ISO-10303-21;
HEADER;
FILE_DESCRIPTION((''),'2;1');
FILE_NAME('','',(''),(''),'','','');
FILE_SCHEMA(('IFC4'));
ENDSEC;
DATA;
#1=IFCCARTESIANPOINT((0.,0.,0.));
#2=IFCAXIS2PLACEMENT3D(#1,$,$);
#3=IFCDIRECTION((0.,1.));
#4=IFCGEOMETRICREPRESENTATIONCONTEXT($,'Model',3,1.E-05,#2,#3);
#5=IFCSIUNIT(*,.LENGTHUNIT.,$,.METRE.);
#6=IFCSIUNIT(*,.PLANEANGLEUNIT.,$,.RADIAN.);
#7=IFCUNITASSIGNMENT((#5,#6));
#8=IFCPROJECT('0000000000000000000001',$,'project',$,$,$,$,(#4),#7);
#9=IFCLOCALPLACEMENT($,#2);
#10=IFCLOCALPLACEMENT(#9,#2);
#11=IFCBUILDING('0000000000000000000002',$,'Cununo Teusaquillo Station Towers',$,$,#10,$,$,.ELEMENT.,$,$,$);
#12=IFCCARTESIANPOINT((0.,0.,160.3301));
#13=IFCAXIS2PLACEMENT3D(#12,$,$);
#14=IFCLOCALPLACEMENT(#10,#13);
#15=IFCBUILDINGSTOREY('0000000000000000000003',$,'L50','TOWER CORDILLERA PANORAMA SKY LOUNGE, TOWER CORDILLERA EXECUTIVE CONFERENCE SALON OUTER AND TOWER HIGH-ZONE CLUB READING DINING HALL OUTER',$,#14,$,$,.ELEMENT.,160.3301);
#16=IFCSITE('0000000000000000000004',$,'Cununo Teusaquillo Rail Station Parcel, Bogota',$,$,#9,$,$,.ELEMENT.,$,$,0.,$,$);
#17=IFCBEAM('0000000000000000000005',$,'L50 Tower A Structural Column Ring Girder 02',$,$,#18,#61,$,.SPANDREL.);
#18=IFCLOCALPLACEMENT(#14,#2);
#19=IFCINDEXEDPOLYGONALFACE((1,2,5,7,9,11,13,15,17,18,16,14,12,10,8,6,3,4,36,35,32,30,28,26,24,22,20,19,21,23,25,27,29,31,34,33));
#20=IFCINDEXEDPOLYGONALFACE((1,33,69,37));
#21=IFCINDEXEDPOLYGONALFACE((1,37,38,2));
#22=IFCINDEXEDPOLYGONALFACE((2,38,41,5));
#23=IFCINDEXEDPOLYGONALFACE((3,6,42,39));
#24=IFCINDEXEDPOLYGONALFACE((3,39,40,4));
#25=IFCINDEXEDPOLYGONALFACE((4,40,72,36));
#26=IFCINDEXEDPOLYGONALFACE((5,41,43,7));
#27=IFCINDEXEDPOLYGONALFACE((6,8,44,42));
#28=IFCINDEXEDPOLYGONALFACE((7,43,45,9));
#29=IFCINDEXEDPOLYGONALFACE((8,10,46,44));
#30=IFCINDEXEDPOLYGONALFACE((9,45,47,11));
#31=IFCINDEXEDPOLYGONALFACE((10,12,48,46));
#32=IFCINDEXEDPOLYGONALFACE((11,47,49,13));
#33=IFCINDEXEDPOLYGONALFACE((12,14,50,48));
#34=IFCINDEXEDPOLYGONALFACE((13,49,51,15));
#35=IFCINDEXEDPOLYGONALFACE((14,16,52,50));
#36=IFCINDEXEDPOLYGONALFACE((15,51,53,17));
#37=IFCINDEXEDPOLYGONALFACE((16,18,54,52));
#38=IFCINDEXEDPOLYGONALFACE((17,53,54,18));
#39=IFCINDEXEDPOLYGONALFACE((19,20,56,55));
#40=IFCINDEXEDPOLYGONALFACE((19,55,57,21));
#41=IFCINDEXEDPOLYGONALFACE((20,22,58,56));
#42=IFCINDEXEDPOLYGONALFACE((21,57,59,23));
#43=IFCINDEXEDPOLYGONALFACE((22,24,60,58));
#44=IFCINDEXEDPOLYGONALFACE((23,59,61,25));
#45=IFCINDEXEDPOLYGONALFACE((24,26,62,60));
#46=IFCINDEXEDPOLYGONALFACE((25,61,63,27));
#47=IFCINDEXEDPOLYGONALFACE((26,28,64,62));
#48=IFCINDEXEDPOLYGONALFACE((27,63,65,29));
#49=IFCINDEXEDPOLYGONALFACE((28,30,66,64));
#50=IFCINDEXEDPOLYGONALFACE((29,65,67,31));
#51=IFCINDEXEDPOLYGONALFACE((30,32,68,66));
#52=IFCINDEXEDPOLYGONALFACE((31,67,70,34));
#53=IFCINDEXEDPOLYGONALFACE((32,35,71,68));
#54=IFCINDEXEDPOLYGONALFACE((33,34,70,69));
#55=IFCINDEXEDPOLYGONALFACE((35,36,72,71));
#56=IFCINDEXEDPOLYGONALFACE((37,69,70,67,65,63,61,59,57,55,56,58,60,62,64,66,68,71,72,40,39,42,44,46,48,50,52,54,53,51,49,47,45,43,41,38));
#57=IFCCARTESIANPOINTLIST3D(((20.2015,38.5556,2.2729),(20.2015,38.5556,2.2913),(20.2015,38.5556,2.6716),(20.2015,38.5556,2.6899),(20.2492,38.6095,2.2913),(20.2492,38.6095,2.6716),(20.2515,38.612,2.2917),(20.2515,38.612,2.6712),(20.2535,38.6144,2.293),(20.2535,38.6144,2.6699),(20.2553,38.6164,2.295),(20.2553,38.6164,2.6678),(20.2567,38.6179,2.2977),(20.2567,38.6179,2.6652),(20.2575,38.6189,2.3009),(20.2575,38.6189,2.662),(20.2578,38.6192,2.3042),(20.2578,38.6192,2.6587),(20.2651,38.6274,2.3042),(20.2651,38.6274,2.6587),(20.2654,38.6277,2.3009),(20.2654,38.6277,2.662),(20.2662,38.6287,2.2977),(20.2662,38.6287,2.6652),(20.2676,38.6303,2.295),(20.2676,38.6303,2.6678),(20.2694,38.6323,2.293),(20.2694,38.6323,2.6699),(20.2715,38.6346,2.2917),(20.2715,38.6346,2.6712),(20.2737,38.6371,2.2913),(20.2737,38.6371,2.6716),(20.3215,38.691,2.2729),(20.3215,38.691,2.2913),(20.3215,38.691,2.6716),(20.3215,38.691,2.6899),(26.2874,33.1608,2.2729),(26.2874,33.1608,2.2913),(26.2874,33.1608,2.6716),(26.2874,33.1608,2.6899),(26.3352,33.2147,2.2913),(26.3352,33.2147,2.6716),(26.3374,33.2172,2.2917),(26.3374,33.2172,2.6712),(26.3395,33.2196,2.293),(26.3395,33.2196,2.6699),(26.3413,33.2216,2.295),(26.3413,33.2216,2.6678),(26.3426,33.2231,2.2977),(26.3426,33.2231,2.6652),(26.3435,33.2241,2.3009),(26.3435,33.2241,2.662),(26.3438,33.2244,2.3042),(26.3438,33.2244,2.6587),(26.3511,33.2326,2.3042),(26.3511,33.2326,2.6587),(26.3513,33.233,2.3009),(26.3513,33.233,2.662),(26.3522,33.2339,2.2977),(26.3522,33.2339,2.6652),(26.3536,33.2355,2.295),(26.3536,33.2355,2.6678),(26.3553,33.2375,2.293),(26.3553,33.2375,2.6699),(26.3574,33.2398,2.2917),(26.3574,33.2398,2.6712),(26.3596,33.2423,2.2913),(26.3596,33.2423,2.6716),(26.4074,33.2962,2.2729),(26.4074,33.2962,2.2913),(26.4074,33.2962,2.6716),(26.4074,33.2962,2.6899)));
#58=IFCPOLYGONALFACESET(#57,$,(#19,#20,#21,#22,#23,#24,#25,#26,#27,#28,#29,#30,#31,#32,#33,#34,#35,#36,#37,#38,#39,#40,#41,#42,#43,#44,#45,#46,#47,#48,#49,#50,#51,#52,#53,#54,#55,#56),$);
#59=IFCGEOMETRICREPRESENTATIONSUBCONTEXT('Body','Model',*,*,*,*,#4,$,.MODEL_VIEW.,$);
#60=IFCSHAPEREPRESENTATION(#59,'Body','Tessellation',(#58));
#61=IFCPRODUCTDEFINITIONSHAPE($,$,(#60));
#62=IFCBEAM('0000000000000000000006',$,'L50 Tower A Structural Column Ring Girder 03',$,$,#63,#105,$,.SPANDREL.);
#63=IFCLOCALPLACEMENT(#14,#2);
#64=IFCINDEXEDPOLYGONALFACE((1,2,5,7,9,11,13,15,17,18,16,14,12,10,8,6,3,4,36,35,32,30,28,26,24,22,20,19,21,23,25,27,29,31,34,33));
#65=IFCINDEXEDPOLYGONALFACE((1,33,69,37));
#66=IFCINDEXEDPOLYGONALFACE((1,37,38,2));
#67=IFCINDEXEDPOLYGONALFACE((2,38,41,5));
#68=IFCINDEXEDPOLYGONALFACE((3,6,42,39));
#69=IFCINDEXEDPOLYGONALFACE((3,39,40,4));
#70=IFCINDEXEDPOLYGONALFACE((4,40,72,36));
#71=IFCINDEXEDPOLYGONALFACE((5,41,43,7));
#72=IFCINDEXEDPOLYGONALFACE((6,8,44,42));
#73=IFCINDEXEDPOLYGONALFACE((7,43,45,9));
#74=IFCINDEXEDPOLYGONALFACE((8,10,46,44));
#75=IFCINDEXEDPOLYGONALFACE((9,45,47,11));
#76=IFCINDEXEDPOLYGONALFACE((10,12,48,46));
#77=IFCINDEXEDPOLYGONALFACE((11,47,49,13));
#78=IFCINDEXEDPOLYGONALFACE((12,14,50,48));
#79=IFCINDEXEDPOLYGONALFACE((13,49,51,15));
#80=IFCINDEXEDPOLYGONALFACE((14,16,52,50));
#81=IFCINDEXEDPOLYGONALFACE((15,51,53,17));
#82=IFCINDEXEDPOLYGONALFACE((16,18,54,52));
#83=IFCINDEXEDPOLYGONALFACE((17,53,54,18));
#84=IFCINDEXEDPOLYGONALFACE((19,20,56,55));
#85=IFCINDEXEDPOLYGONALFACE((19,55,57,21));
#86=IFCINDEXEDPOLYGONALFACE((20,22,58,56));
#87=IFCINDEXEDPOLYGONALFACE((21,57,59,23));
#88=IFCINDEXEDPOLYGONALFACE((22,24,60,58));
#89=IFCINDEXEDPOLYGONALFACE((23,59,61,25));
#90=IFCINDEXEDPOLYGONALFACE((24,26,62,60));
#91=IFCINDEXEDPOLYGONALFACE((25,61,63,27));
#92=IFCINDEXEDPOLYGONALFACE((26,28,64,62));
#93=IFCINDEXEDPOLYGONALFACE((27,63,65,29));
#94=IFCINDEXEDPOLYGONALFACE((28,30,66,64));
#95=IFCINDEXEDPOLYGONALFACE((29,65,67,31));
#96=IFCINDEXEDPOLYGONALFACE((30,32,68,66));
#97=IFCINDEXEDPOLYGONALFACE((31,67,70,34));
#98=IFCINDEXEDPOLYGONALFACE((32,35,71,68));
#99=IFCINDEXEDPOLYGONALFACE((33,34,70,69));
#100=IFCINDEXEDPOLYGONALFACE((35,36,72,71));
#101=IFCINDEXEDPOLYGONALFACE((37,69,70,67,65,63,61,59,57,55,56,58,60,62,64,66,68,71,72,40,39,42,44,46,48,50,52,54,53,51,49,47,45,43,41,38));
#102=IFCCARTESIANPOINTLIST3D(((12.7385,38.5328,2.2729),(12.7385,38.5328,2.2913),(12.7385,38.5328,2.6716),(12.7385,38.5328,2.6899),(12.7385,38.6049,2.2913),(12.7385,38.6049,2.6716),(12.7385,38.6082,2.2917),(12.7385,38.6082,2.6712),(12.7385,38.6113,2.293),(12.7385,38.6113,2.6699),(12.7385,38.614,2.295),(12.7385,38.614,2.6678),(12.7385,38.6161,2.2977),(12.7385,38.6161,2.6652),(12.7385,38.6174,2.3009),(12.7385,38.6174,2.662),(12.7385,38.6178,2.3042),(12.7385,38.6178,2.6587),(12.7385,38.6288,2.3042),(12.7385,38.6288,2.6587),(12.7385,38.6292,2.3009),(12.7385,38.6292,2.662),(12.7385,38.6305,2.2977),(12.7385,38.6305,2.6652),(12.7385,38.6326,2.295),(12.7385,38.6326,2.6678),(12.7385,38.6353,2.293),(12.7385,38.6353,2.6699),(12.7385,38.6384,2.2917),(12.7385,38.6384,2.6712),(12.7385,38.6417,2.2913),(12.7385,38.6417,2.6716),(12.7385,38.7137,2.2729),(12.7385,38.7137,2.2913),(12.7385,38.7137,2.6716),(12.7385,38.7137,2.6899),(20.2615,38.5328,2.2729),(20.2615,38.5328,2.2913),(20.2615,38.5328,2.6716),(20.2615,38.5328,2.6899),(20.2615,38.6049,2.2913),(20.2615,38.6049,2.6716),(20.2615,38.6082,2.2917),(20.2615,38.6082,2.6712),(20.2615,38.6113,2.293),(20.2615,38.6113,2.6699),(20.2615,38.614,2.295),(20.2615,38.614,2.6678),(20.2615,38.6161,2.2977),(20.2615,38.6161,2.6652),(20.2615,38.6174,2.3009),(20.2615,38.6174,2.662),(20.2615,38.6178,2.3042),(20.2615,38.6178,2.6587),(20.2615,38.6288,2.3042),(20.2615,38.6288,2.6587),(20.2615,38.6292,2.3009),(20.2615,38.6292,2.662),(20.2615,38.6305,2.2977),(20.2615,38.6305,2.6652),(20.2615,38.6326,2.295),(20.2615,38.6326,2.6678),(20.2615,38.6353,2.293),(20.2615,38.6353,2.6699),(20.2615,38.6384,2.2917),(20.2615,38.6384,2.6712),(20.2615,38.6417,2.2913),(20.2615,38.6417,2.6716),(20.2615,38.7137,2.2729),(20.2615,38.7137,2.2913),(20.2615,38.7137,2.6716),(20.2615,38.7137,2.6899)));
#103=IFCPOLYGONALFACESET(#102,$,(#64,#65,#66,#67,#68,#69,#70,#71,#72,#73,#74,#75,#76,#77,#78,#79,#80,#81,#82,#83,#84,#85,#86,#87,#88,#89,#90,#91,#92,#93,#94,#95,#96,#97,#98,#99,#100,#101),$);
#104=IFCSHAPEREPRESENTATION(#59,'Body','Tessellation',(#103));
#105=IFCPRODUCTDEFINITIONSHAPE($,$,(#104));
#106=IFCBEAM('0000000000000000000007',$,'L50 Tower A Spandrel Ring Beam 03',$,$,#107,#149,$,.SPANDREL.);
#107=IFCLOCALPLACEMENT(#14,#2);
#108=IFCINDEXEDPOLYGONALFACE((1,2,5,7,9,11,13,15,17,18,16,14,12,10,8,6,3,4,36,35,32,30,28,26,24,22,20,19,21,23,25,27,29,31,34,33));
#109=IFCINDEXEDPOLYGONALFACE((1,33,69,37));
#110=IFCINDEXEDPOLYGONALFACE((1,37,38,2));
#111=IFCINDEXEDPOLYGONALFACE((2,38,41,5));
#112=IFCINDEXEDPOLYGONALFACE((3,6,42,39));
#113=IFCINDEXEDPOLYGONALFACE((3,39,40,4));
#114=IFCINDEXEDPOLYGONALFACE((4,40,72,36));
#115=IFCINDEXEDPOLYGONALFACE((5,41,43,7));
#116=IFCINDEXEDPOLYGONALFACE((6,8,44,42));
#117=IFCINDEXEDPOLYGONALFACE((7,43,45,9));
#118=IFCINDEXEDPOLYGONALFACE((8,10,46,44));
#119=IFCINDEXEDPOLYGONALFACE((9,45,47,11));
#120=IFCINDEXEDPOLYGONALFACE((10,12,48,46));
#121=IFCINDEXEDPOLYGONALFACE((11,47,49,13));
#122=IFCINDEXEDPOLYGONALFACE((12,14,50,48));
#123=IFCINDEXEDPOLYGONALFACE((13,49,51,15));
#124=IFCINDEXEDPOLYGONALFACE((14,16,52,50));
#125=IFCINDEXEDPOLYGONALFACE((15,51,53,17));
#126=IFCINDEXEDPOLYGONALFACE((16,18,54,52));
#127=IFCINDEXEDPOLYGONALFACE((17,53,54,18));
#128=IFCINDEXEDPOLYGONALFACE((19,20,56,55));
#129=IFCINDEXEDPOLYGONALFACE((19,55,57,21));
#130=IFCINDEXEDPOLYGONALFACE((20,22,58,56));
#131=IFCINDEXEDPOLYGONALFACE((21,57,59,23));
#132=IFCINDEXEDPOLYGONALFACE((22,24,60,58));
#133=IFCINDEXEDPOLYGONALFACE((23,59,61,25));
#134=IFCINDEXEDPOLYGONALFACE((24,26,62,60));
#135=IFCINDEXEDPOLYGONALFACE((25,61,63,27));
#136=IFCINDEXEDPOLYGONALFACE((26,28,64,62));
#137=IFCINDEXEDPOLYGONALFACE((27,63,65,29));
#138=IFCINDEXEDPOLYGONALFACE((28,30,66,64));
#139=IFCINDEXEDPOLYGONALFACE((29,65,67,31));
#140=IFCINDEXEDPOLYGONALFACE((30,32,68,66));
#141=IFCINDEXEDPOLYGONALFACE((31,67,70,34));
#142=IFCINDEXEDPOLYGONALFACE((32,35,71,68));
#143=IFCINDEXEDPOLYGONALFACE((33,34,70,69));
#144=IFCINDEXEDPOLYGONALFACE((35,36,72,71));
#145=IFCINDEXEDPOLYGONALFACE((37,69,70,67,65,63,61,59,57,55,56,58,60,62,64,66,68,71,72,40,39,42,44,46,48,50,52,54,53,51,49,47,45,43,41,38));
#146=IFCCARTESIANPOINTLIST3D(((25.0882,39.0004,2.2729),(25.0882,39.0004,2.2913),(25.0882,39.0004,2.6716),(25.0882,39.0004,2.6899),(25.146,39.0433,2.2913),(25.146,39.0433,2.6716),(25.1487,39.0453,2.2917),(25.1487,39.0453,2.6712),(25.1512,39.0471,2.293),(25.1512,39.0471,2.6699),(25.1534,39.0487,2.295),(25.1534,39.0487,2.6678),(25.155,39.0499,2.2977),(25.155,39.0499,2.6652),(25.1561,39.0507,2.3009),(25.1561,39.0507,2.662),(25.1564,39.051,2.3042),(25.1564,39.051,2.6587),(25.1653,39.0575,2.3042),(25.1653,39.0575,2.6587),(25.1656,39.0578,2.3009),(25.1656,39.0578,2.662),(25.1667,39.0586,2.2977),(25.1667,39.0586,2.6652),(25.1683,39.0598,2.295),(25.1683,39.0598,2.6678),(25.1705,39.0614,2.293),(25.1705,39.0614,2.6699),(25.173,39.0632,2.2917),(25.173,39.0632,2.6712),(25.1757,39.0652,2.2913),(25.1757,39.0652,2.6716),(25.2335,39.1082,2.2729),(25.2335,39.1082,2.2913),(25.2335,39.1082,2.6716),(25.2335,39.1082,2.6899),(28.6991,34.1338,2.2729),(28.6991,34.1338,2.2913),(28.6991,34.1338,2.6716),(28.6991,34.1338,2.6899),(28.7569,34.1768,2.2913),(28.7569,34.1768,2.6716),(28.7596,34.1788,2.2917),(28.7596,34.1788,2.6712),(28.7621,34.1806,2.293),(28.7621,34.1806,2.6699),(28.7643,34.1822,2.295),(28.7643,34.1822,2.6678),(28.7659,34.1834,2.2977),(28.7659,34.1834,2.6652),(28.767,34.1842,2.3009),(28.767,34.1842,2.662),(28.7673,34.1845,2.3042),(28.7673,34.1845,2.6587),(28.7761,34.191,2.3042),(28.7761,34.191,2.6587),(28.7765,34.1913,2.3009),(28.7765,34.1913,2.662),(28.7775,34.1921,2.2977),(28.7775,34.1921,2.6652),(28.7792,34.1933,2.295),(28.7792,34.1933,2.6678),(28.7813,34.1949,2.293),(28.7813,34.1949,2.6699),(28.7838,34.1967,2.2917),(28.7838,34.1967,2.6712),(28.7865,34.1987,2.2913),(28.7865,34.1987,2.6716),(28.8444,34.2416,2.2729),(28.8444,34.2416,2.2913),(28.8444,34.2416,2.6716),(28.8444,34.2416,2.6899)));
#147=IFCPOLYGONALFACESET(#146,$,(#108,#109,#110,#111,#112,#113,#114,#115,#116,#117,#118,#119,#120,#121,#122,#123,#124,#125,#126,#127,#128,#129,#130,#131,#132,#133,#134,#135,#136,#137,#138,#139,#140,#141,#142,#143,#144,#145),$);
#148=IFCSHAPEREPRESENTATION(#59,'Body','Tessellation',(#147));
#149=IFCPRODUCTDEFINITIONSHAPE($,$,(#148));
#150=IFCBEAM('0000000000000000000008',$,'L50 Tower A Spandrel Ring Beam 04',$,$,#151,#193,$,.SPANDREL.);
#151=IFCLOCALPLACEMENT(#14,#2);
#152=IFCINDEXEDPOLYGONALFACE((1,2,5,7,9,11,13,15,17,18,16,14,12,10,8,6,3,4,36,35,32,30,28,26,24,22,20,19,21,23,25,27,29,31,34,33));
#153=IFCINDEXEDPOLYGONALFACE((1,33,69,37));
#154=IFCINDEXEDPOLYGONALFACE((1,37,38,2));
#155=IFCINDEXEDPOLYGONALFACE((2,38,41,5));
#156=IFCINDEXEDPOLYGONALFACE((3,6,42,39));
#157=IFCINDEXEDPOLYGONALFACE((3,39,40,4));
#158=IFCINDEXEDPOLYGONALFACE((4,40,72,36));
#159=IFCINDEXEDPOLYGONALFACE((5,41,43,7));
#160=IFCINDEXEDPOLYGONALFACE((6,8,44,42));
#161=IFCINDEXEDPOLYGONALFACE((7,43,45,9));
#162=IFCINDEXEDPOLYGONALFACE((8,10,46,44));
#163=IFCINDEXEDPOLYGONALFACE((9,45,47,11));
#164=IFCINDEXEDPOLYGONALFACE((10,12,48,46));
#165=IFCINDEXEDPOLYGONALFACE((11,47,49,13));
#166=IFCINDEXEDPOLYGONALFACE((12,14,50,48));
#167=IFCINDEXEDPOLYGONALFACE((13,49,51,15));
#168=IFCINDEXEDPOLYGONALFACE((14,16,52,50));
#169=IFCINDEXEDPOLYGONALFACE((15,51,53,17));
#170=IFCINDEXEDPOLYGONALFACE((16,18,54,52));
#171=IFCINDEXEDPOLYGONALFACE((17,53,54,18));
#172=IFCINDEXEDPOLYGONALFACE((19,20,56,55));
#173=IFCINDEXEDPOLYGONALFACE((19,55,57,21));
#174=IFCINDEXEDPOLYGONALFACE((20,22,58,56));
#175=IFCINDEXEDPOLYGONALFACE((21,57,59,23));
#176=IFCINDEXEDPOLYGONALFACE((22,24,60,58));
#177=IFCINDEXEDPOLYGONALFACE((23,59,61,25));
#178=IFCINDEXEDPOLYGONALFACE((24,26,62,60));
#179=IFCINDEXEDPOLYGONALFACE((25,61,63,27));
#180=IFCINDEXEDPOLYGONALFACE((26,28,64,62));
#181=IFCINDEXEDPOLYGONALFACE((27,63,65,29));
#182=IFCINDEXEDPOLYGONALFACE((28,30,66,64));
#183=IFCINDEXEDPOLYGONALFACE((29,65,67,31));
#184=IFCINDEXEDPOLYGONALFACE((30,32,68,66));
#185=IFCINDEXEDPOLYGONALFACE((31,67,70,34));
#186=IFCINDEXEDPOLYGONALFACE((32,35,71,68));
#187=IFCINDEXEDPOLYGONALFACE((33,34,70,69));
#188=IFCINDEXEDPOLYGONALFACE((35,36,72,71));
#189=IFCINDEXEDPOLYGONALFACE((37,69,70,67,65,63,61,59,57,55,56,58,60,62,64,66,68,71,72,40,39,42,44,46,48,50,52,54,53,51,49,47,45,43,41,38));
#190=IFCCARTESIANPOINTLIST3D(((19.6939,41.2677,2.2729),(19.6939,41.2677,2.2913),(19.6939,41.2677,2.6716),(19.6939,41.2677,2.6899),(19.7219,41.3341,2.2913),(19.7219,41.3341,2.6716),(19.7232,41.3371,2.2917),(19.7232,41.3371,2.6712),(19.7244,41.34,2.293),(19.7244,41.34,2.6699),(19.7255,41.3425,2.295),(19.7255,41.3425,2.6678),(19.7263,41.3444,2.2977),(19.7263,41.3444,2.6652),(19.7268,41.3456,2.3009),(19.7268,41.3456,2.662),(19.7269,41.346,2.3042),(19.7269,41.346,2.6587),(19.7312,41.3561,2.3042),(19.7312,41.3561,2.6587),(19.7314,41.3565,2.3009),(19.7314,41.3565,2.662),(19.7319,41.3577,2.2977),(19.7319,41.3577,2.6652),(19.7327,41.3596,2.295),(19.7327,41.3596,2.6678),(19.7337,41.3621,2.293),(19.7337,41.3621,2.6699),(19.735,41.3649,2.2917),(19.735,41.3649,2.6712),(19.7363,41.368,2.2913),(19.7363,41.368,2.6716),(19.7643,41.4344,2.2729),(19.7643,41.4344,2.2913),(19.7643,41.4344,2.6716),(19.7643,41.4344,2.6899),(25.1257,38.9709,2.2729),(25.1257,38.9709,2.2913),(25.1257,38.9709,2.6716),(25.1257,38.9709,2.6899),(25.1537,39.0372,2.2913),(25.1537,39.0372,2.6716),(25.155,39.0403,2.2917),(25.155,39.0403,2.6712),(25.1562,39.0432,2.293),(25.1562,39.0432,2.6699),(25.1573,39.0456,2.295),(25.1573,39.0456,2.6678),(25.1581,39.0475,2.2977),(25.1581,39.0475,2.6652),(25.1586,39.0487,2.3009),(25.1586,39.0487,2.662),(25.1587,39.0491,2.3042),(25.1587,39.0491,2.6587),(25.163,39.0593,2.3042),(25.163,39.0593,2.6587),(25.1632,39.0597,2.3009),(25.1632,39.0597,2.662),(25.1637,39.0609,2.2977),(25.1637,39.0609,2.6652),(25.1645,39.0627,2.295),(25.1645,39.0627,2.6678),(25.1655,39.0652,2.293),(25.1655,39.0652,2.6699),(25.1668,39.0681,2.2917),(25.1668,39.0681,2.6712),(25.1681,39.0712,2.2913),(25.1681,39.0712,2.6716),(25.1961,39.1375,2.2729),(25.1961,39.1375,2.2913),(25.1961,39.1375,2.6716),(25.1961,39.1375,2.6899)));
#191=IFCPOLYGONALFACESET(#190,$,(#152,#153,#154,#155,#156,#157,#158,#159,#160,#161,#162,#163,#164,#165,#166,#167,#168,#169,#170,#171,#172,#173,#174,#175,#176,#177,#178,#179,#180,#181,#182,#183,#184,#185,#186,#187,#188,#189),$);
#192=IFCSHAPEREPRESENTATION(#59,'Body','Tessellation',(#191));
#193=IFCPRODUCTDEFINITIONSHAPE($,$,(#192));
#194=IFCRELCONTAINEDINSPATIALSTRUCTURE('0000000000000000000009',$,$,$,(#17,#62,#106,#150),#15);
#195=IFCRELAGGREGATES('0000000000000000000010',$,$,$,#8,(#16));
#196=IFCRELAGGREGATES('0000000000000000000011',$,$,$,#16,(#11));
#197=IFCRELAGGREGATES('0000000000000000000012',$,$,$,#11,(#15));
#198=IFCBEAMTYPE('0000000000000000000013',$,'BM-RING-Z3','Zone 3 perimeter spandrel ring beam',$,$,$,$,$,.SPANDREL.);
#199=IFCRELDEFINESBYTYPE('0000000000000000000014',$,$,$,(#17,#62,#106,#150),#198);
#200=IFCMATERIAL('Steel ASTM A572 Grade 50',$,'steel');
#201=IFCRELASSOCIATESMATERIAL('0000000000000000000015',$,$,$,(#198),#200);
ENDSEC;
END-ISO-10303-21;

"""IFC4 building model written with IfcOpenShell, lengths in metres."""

from ifc_helpers import new_model, si_unit, direction, frame, origin, origin_2d, place, context, subcontext, project, spatial, i_section, extrude, material, material_profile, profile_set, type_object, element, save


model = new_model("IFC4")

# Units and contexts
model_context = context("Model", 3, precision=1e-05, world=origin(), true_north=direction((0.0, 1.0)))
body_context = subcontext(model_context, "Body", "Model", "MODEL_VIEW")
ifc_project = project(units=[si_unit("LENGTHUNIT", "METRE"), si_unit("PLANEANGLEUNIT", "RADIAN")], contexts=[model_context])

# Site, building, storey
site_placement = place(None, origin())
site = spatial("IfcSite", under=ifc_project, at=site_placement, Name="Cununo Teusaquillo Rail Station Parcel, Bogota", CompositionType="ELEMENT", RefElevation=0.0)
building_placement = place(site_placement, origin())
building = spatial("IfcBuilding", under=site, at=building_placement, Name="Cununo Teusaquillo Station Towers", CompositionType="ELEMENT")
storey_placement = place(building_placement, frame((0.0, 0.0, 160.3301)))
storey = spatial("IfcBuildingStorey", under=building, at=storey_placement, Name="L50", Description="TOWER CORDILLERA PANORAMA SKY LOUNGE, TOWER CORDILLERA EXECUTIVE CONFERENCE SALON OUTER AND TOWER HIGH-ZONE CLUB READING DINING HALL OUTER", CompositionType="ELEMENT", Elevation=160.3301)

# Beams
ifc_material_1 = material(Name="Steel ASTM A572 Grade 50", Category="steel")
ifc_material_profile_1 = material_profile(ifc_material_1, i_section(OverallWidth=0.1809, OverallDepth=0.417, WebThickness=0.011, FlangeThickness=0.0183, FilletRadius=0.0129, at=origin_2d()), Name="W16X57")
ifc_profile_set_1 = profile_set([ifc_material_profile_1], Name="Steel ASTM A572 Grade 50")
beam_type_1 = type_object("IfcBeamType", Name="BM-RING-Z3", Description="Zone 3 perimeter spandrel ring beam", PredefinedType="SPANDREL", material=ifc_profile_set_1)
beam_1_placement = place(storey_placement, frame((26.3474, 33.2285, 2.4814), z_axis=(-0.748321, 0.663337, 0.0), x_axis=(-0.663337, -0.748321, 0.0)))
element("IfcBeam", 1, at=beam_1_placement, inside=storey, type_object=beam_type_1, Name="L50 Tower A Structural Column Ring Girder 02", PredefinedType="SPANDREL", context=body_context, shape_type="SweptSolid", body=[
    extrude(i_section(OverallWidth=0.1809, OverallDepth=0.417, WebThickness=0.011, FlangeThickness=0.0183, FilletRadius=0.0129, at=origin_2d()), origin(), (0.0, 0.0, 1.0), 8.1328),
])
beam_2_placement = place(storey_placement, frame((20.2615, 38.6233, 2.4814), z_axis=(-1.0, 0.0, 0.0), x_axis=(0.0, -1.0, 0.0)))
element("IfcBeam", 2, at=beam_2_placement, inside=storey, type_object=beam_type_1, Name="L50 Tower A Structural Column Ring Girder 03", PredefinedType="SPANDREL", context=body_context, shape_type="SweptSolid", body=[
    extrude(i_section(OverallWidth=0.1809, OverallDepth=0.417, WebThickness=0.011, FlangeThickness=0.0183, FilletRadius=0.0129, at=origin_2d()), origin(), (0.0, 0.0, 1.0), 7.5229),
])
beam_3_placement = place(storey_placement, frame((28.7717, 34.1877, 2.4814), z_axis=(-0.595873, 0.803079, 0.0), x_axis=(-0.803079, -0.595873, 0.0)))
element("IfcBeam", 3, at=beam_3_placement, inside=storey, type_object=beam_type_1, Name="L50 Tower A Spandrel Ring Beam 03", PredefinedType="SPANDREL", context=body_context, shape_type="SweptSolid", body=[
    extrude(i_section(OverallWidth=0.1809, OverallDepth=0.417, WebThickness=0.011, FlangeThickness=0.0183, FilletRadius=0.0129, at=origin_2d()), origin(), (0.0, 0.0, 1.0), 6.0598),
])
beam_4_placement = place(storey_placement, frame((25.1609, 39.0542, 2.4814), z_axis=(-0.921042, 0.389463, 0.0), x_axis=(-0.389463, -0.921042, 0.0)))
element("IfcBeam", 4, at=beam_4_placement, inside=storey, type_object=beam_type_1, Name="L50 Tower A Spandrel Ring Beam 04", PredefinedType="SPANDREL", context=body_context, shape_type="SweptSolid", body=[
    extrude(i_section(OverallWidth=0.1809, OverallDepth=0.417, WebThickness=0.011, FlangeThickness=0.0183, FilletRadius=0.0129, at=origin_2d()), origin(), (0.0, 0.0, 1.0), 5.8975),
])

save(model, "model.ifc")
